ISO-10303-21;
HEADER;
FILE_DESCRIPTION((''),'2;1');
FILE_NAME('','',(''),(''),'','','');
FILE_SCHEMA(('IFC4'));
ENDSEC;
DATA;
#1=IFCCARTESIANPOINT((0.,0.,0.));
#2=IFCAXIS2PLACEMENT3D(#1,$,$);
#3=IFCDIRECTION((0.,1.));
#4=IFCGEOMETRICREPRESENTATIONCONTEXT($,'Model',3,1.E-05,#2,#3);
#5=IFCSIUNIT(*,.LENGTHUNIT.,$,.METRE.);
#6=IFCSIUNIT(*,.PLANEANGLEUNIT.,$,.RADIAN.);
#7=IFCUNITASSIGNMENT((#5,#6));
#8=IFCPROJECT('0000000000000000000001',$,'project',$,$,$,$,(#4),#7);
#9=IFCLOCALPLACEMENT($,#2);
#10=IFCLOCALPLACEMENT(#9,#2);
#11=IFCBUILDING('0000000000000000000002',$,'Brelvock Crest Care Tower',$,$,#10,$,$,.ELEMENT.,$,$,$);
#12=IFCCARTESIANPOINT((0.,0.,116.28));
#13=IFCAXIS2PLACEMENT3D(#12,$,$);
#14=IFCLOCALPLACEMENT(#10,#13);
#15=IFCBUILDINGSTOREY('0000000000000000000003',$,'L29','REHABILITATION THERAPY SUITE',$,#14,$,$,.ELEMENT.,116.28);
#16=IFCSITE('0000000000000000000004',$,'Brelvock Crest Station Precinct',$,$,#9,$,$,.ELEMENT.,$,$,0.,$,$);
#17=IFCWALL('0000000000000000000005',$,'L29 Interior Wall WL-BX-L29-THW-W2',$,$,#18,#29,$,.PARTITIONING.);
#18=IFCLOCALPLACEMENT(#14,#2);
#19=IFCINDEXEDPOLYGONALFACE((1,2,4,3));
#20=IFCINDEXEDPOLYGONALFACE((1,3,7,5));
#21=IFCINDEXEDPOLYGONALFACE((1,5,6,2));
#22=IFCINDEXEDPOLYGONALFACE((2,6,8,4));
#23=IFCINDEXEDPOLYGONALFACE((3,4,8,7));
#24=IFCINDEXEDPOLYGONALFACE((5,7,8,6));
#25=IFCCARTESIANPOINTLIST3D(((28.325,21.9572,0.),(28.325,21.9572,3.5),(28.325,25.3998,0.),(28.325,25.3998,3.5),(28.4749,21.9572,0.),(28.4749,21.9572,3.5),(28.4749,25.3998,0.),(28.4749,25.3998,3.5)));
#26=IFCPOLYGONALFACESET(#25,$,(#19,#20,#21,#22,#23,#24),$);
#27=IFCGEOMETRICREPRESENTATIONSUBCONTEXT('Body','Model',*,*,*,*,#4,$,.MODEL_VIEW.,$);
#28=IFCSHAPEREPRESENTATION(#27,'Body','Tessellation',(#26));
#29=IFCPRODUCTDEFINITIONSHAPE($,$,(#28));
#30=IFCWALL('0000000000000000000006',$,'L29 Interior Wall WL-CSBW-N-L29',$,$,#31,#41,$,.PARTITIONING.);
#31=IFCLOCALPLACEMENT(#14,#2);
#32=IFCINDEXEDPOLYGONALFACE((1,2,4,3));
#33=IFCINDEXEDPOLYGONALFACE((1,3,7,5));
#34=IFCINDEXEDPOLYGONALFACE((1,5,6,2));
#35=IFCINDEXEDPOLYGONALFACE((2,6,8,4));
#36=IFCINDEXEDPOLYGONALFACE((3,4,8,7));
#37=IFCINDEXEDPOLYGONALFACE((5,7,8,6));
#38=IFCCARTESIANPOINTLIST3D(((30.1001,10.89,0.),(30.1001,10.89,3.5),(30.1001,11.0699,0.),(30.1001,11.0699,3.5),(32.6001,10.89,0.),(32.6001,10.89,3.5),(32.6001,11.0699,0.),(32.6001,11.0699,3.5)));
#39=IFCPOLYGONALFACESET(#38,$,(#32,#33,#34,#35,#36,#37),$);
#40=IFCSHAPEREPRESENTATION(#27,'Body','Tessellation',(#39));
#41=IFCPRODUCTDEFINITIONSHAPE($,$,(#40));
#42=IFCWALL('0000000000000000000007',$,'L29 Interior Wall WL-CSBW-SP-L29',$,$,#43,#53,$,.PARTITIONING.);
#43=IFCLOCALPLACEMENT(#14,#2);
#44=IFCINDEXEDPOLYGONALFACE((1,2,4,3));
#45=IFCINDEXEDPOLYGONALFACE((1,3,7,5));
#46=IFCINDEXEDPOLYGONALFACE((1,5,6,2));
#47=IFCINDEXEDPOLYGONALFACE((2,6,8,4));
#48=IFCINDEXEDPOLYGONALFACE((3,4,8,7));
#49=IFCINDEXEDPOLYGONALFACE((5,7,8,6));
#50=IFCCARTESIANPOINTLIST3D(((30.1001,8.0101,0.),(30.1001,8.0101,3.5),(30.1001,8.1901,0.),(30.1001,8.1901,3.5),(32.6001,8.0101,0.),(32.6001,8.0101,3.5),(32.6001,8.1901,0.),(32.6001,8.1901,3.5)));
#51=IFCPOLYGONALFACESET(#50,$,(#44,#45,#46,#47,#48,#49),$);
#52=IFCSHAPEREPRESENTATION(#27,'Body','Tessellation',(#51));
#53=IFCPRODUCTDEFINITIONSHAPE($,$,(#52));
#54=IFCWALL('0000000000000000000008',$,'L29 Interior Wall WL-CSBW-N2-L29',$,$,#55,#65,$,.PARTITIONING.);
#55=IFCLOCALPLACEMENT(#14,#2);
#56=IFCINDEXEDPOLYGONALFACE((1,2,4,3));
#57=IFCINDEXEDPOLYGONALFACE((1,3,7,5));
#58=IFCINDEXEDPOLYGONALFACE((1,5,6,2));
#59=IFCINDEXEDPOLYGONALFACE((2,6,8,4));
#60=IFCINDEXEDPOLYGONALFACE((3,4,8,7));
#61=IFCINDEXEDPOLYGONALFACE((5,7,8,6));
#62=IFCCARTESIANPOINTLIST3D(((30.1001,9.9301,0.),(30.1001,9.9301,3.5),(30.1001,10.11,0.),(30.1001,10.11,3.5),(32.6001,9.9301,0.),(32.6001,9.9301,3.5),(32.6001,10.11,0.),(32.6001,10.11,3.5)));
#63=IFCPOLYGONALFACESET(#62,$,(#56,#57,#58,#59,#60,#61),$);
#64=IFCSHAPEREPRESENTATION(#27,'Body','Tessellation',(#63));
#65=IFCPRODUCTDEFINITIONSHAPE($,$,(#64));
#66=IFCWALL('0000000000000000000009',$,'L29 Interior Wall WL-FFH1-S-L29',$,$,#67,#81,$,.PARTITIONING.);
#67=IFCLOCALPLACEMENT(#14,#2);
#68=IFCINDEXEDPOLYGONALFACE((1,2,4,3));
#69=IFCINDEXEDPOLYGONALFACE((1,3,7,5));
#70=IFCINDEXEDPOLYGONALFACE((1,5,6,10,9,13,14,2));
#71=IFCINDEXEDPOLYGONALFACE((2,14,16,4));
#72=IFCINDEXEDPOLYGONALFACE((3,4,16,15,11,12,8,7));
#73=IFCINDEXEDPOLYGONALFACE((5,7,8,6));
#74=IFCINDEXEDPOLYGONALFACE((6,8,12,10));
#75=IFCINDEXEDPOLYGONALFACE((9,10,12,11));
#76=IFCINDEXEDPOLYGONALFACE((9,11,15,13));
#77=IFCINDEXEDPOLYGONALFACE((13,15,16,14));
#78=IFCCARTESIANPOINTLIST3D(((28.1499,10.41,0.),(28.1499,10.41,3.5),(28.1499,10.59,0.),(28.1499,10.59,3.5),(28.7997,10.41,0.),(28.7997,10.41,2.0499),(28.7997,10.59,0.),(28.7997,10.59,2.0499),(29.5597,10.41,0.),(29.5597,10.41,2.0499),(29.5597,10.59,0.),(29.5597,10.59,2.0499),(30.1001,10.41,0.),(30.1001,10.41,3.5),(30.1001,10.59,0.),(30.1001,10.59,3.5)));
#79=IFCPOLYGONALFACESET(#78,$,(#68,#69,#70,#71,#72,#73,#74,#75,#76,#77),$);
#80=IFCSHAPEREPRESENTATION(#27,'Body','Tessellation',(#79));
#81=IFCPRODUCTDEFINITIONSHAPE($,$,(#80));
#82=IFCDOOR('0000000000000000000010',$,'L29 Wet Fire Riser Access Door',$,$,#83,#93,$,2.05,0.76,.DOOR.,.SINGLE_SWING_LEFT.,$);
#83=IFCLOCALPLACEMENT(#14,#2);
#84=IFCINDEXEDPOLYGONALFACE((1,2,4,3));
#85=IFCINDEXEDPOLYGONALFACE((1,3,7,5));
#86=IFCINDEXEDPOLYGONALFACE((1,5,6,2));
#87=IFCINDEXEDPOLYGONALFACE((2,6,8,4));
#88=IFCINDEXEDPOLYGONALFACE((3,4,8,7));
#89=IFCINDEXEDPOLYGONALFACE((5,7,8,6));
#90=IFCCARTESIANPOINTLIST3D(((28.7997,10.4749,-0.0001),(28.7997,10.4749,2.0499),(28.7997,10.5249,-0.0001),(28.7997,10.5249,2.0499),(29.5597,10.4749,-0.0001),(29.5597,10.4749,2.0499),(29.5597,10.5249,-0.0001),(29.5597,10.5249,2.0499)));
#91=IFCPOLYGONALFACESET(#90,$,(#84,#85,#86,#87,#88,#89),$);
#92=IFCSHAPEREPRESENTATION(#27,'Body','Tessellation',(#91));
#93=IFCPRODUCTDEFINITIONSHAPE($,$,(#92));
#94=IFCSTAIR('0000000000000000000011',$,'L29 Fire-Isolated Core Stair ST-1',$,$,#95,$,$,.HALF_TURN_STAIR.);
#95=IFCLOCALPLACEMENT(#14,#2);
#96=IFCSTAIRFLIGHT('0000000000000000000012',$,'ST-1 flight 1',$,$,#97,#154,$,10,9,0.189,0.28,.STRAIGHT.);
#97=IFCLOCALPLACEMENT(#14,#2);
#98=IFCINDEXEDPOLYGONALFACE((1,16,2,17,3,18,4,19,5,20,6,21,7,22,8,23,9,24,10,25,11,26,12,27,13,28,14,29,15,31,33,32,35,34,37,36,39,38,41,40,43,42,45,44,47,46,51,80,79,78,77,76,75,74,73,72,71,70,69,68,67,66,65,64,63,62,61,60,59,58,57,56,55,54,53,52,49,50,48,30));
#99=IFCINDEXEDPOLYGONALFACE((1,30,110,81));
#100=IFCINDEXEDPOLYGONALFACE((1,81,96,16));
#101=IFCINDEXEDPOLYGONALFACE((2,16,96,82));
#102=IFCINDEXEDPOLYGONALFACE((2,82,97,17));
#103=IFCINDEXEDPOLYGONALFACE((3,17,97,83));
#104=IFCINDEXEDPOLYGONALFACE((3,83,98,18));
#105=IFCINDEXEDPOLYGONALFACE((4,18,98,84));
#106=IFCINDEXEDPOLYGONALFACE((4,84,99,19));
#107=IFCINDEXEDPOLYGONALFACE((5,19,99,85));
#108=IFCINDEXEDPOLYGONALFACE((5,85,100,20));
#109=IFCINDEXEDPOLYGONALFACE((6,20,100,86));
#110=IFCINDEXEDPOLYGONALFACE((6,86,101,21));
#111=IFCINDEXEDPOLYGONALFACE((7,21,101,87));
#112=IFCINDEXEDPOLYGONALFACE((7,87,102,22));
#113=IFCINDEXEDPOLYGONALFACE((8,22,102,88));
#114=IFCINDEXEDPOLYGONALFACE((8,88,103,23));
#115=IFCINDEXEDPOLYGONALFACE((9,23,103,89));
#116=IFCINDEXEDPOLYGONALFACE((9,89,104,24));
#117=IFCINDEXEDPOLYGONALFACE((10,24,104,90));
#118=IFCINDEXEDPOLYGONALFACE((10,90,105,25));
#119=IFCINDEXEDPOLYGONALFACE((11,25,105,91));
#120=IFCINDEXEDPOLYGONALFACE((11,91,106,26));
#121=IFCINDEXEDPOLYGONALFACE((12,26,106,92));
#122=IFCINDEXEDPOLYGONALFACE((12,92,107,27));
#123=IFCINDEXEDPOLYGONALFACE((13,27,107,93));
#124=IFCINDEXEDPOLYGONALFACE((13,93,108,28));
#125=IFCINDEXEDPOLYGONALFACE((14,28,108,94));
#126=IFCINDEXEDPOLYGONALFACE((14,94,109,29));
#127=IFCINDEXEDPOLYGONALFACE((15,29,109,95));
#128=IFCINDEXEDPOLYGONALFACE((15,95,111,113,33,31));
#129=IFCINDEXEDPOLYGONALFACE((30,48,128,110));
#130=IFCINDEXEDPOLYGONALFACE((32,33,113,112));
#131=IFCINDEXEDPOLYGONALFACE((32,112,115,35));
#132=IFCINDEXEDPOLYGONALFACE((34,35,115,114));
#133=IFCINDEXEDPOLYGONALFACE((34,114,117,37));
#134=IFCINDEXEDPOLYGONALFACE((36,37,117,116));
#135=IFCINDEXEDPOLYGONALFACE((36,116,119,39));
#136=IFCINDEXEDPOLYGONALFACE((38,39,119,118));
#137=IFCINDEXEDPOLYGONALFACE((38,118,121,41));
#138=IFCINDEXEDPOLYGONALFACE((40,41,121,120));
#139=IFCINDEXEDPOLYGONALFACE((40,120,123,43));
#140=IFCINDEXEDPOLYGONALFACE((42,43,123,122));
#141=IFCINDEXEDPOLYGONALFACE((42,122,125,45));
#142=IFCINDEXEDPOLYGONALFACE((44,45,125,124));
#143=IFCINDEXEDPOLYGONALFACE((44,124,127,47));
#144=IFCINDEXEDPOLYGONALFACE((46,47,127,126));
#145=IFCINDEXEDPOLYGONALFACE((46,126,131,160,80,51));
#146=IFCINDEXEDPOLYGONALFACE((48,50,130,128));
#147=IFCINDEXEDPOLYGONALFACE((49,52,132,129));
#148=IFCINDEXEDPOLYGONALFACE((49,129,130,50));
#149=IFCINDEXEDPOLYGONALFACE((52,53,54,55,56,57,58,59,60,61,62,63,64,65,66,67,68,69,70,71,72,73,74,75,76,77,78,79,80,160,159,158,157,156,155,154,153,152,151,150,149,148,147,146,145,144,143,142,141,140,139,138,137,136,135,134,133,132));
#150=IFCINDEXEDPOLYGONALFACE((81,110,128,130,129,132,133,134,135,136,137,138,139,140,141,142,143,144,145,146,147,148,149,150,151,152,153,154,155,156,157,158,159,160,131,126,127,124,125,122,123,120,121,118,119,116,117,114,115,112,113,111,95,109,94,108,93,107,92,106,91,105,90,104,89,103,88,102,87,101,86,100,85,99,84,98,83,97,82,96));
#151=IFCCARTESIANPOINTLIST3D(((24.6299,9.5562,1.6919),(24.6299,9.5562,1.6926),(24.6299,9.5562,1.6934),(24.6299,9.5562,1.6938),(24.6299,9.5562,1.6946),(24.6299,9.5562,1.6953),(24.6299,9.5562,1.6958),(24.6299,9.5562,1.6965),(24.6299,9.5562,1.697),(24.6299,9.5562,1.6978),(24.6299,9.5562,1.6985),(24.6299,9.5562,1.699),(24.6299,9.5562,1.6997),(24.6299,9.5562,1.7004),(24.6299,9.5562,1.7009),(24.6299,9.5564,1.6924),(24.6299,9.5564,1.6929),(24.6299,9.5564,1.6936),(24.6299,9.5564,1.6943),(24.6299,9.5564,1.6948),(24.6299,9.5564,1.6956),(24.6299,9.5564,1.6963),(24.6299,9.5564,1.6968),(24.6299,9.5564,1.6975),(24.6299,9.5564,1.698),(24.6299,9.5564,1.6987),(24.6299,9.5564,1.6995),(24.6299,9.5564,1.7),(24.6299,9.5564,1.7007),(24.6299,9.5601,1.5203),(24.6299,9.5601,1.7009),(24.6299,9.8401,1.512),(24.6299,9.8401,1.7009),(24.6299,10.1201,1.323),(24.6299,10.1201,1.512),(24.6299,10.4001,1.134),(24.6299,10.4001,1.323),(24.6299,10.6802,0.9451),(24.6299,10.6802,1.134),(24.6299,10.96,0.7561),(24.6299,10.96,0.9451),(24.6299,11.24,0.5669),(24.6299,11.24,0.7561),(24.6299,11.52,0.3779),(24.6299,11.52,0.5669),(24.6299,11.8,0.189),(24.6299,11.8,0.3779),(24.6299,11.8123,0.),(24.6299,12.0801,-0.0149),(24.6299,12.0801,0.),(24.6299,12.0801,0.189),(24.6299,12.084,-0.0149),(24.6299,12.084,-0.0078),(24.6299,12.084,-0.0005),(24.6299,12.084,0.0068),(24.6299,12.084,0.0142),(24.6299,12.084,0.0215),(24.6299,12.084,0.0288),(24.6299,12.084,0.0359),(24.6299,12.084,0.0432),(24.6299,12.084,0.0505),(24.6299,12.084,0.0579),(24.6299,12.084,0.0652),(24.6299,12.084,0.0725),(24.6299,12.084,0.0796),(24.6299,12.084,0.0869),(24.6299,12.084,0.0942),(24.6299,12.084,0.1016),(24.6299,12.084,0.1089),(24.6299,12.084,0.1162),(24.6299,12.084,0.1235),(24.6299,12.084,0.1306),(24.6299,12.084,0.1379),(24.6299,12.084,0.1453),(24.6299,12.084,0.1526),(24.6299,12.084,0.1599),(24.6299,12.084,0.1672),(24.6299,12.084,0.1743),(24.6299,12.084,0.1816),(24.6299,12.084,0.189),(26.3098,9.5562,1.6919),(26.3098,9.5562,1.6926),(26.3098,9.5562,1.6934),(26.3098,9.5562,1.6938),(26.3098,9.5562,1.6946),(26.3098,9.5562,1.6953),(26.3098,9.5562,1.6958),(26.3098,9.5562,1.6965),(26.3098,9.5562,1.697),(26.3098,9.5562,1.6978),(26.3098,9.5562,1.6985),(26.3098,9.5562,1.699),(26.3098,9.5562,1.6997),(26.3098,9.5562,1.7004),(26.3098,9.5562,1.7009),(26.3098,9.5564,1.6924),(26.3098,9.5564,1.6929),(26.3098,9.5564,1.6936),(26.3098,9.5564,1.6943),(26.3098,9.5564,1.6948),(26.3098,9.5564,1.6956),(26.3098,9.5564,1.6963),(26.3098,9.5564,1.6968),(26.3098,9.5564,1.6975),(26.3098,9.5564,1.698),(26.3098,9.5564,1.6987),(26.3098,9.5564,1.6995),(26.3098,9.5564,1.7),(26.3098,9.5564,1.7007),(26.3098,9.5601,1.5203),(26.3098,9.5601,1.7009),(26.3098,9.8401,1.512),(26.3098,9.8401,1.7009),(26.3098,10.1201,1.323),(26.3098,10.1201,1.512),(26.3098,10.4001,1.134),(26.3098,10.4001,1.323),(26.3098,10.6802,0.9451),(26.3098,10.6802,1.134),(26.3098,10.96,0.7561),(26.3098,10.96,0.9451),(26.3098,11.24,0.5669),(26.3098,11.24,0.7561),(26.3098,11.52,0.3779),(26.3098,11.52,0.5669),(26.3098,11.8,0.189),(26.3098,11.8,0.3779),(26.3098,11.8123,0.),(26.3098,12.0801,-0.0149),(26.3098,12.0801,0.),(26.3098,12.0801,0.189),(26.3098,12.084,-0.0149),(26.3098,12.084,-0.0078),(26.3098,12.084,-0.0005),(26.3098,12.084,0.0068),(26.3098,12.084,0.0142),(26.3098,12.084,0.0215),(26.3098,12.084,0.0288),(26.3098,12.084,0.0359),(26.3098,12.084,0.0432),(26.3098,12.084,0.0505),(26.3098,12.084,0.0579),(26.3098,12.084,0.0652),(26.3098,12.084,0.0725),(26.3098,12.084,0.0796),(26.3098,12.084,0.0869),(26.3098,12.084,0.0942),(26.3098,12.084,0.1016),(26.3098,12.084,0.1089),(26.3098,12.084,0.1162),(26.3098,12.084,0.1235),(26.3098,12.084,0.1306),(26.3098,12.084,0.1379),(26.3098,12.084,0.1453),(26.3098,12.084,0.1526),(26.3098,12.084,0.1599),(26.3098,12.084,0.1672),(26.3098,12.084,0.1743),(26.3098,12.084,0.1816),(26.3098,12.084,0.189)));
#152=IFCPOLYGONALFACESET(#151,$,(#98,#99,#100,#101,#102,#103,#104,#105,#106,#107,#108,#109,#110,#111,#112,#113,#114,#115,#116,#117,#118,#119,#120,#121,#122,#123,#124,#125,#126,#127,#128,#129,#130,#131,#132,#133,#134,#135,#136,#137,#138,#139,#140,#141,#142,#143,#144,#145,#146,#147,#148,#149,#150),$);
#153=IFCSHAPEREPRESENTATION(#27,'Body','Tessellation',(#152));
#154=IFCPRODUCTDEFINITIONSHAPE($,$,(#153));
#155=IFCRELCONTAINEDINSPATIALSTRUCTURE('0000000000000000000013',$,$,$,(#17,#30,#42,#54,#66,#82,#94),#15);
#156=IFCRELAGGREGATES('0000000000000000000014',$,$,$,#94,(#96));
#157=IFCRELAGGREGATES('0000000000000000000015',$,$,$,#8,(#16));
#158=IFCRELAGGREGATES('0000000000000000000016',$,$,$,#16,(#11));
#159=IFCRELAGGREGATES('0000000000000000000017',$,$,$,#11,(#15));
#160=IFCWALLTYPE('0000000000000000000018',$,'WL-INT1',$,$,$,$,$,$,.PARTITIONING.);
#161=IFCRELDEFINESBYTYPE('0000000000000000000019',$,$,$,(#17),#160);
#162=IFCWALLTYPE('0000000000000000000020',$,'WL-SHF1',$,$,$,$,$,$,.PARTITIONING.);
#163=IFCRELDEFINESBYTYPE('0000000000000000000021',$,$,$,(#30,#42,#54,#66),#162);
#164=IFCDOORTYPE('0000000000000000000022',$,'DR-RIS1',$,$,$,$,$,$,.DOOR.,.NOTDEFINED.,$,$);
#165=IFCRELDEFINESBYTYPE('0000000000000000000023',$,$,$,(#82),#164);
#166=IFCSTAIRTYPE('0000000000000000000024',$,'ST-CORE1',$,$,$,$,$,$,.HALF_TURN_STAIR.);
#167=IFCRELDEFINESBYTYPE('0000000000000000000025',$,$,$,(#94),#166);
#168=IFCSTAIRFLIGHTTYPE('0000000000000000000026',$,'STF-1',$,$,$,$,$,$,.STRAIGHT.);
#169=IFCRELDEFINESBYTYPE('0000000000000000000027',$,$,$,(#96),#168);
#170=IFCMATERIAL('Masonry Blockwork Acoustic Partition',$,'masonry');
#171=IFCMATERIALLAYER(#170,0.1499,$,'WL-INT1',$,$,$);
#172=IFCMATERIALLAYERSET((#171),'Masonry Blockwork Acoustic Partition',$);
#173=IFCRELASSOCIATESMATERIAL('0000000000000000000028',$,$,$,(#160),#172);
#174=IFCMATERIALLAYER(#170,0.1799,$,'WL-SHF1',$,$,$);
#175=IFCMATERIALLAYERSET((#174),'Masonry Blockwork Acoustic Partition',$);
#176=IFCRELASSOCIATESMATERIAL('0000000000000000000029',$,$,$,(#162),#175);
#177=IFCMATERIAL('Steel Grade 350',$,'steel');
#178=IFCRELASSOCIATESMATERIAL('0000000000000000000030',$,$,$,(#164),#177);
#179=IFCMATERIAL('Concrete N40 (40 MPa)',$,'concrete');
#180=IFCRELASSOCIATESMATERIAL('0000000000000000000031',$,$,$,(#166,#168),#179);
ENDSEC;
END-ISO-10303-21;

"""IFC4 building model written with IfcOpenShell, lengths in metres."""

from ifc_helpers import new_model, si_unit, direction, frame, frame_2d, origin, origin_2d, place, context, subcontext, project, spatial, polyline, rectangle, outline, extrude, source, transform, mapped, material, layer, layer_set, type_object, element, fill, aggregate, save


model = new_model("IFC4")

# Units and contexts
model_context = context("Model", 3, precision=1e-05, world=origin(), true_north=direction((0.0, 1.0)))
body_context = subcontext(model_context, "Body", "Model", "MODEL_VIEW")
ifc_project = project(units=[si_unit("LENGTHUNIT", "METRE"), si_unit("PLANEANGLEUNIT", "RADIAN")], contexts=[model_context])

# Site, building, storey
site_placement = place(None, origin())
site = spatial("IfcSite", under=ifc_project, at=site_placement, Name="Brelvock Crest Station Precinct", CompositionType="ELEMENT", RefElevation=0.0)
building_placement = place(site_placement, origin())
building = spatial("IfcBuilding", under=site, at=building_placement, Name="Brelvock Crest Care Tower", CompositionType="ELEMENT")
storey_placement = place(building_placement, frame((0.0, 0.0, 116.28)))
storey = spatial("IfcBuildingStorey", under=building, at=storey_placement, Name="L29", Description="REHABILITATION THERAPY SUITE", CompositionType="ELEMENT", Elevation=116.28)

# Shared definitions
ifc_material_1 = material(Name="Steel Grade 350", Category="steel")

# Walls
ifc_material_2 = material(Name="Masonry Blockwork Acoustic Partition", Category="masonry")
ifc_layer_1 = layer(ifc_material_2, 0.1499, Name="WL-INT1")
ifc_layer_set_1 = layer_set([ifc_layer_1], Name="Masonry Blockwork Acoustic Partition")
wall_type_1 = type_object("IfcWallType", Name="WL-INT1", PredefinedType="PARTITIONING", material=ifc_layer_set_1)
wall_1_placement = place(storey_placement, frame((28.3999, 21.9573, 0.0), z_axis=(0.0, 0.0, 1.0), x_axis=(0.0, 1.0, 0.0)))
element("IfcWall", 1, at=wall_1_placement, inside=storey, type_object=wall_type_1, Name="L29 Interior Wall WL-BX-L29-THW-W2", PredefinedType="PARTITIONING", context=body_context, shape_type="SweptSolid", body=[
    extrude(rectangle(XDim=3.4426, YDim=0.1499, at=frame_2d((1.7212, 0.0))), origin(), (0.0, 0.0, 1.0), 3.5),
])
ifc_layer_2 = layer(ifc_material_2, 0.1799, Name="WL-SHF1")
ifc_layer_set_2 = layer_set([ifc_layer_2], Name="Masonry Blockwork Acoustic Partition")
wall_type_2 = type_object("IfcWallType", Name="WL-SHF1", PredefinedType="PARTITIONING", material=ifc_layer_set_2)
for number, where, z_axis, x_axis, name in (
    (2, (30.1001, 10.98, 0.0), (0.0, 0.0, 1.0), (1.0, 0.0, 0.0), "L29 Interior Wall WL-CSBW-N-L29"),
    (3, (30.1001, 8.1001, 0.0), (0.0, 0.0, 1.0), (1.0, 0.0, 0.0), "L29 Interior Wall WL-CSBW-SP-L29"),
    (4, (30.1001, 10.02, 0.0), (0.0, 0.0, 1.0), (1.0, 0.0, 0.0), "L29 Interior Wall WL-CSBW-N2-L29"),
):
    element("IfcWall", number, at=place(storey_placement, frame(where, z_axis=z_axis, x_axis=x_axis)), inside=storey, type_object=wall_type_2, Name=name, PredefinedType="PARTITIONING", context=body_context, shape_type="SweptSolid", body=[
        extrude(rectangle(XDim=2.5, YDim=0.1799, at=frame_2d((1.25, 0.0))), origin(), (0.0, 0.0, 1.0), 3.5),
    ])

# Wall, opening, door
wall_2_placement = place(storey_placement, frame((28.1499, 10.5, 0.0), z_axis=(0.0, 0.0, 1.0), x_axis=(1.0, 0.0, 0.0)))
wall_2 = element("IfcWall", 5, at=wall_2_placement, inside=storey, type_object=wall_type_2, Name="L29 Interior Wall WL-FFH1-S-L29", PredefinedType="PARTITIONING", context=body_context, shape_type="SweptSolid", body=[
    extrude(rectangle(XDim=1.9502, YDim=0.1799, at=frame_2d((0.9751, 0.0))), origin(), (0.0, 0.0, 1.0), 3.5),
])
opening_placement = place(wall_2_placement, frame((0.6499, 0.0, 0.0)))
opening = element("IfcOpeningElement", 6, at=opening_placement, cuts=wall_2, PredefinedType="OPENING", context=body_context, shape_type="SweptSolid", body=[
    extrude(rectangle(XDim=0.76, YDim=2.05, at=origin_2d()), frame((0.3799, 0.1001, 1.0249), z_axis=(0.0, -1.0, 0.0), x_axis=(1.0, 0.0, 0.0)), (0.0, 0.0, 1.0), 0.2),
])
door_type = type_object("IfcDoorType", Name="DR-RIS1", OperationType="NOTDEFINED", PredefinedType="DOOR", material=ifc_material_1)
shared_shape_1 = source(origin(), body_context, "Body", "SweptSolid", [
    extrude(rectangle(XDim=0.76, YDim=2.05, at=origin_2d()), frame((0.3799, 0.0249, 1.0249), z_axis=(0.0, -1.0, 0.0), x_axis=(1.0, 0.0, 0.0)), (0.0, 0.0, 1.0), 0.05),
])
door_placement = place(opening_placement, origin())
door = element("IfcDoor", 7, at=door_placement, inside=storey, type_object=door_type, Name="L29 Wet Fire Riser Access Door", OperationType="SINGLE_SWING_LEFT", OverallHeight=2.05, OverallWidth=0.76, PredefinedType="DOOR", context=body_context, shape_type="MappedRepresentation", body=[
    mapped(shared_shape_1, transform((0.0, 0.0, 0.0), x_axis=(1.0, 0.0, 0.0), y_axis=(0.0, 1.0, 0.0), z_axis=(0.0, 0.0, 1.0), scale=1.0)),
])
fill(opening, door)

# Stair, stair flight
ifc_material_3 = material(Name="Concrete N40 (40 MPa)", Category="concrete")
stair_type = type_object("IfcStairType", Name="ST-CORE1", PredefinedType="HALF_TURN_STAIR", material=ifc_material_3)
stair_placement = place(storey_placement, origin())
stair = element("IfcStair", 8, at=stair_placement, inside=storey, type_object=stair_type, Name="L29 Fire-Isolated Core Stair ST-1", PredefinedType="HALF_TURN_STAIR")
stair_flight_type = type_object("IfcStairFlightType", Name="STF-1", PredefinedType="STRAIGHT", material=ifc_material_3)
stair_flight_1_placement = place(storey_placement, frame((25.47, 12.0801, 0.0), z_axis=(0.0, 0.0, 1.0), x_axis=(0.0, -1.0, 0.0)))
stair_flight_1 = element("IfcStairFlight", 9, at=stair_flight_1_placement, type_object=stair_flight_type, Name="ST-1 flight 1", NumberOfRisers=10, NumberOfTreads=9, PredefinedType="STRAIGHT", RiserHeight=0.189, TreadLength=0.28, context=body_context, shape_type="SweptSolid", body=[
    extrude(outline(polyline([(-0.0039, -0.0149), (-0.0039, -0.0078), (-0.0039, -0.0005), (-0.0039, 0.0068), (-0.0039, 0.0142), (-0.0039, 0.0215), (-0.0039, 0.0288), (-0.0039, 0.0359), (-0.0039, 0.0432), (-0.0039, 0.0505), (-0.0039, 0.0579), (-0.0039, 0.0652), (-0.0039, 0.0725), (-0.0039, 0.0796), (-0.0039, 0.0869), (-0.0039, 0.0942), (-0.0039, 0.1016), (-0.0039, 0.1089), (-0.0039, 0.1162), (-0.0039, 0.1235), (-0.0039, 0.1306), (-0.0039, 0.1379), (-0.0039, 0.1453), (-0.0039, 0.1526), (-0.0039, 0.1599), (-0.0039, 0.1672), (-0.0039, 0.1743), (-0.0039, 0.1816), (-0.0039, 0.189), (0.0, 0.189), (0.28, 0.189), (0.28, 0.3779), (0.5601, 0.3779), (0.5601, 0.5669), (0.8401, 0.5669), (0.8401, 0.7561), (1.1201, 0.7561), (1.1201, 0.9451), (1.3999, 0.9451), (1.3999, 1.134), (1.6799, 1.134), (1.6799, 1.323), (1.96, 1.323), (1.96, 1.512), (2.24, 1.512), (2.24, 1.7009), (2.52, 1.7009), (2.5239, 1.7009), (2.5237, 1.7007), (2.5239, 1.7004), (2.5237, 1.7), (2.5239, 1.6997), (2.5237, 1.6995), (2.5239, 1.699), (2.5237, 1.6987), (2.5239, 1.6985), (2.5237, 1.698), (2.5239, 1.6978), (2.5237, 1.6975), (2.5239, 1.697), (2.5237, 1.6968), (2.5239, 1.6965), (2.5237, 1.6963), (2.5239, 1.6958), (2.5237, 1.6956), (2.5239, 1.6953), (2.5237, 1.6948), (2.5239, 1.6946), (2.5237, 1.6943), (2.5239, 1.6938), (2.5237, 1.6936), (2.5239, 1.6934), (2.5237, 1.6929), (2.5239, 1.6926), (2.5237, 1.6924), (2.5239, 1.6919), (2.52, 1.5203), (0.2678, 0.0), (0.0, 0.0), (0.0, -0.0149), (-0.0039, -0.0149)])), frame((0.0, 0.8398, 0.0), z_axis=(0.0, -1.0, 0.0), x_axis=(1.0, 0.0, 0.0)), (0.0, 0.0, 1.0), 1.6799),
])
aggregate(stair, [stair_flight_1])

save(model, "model.ifc")
